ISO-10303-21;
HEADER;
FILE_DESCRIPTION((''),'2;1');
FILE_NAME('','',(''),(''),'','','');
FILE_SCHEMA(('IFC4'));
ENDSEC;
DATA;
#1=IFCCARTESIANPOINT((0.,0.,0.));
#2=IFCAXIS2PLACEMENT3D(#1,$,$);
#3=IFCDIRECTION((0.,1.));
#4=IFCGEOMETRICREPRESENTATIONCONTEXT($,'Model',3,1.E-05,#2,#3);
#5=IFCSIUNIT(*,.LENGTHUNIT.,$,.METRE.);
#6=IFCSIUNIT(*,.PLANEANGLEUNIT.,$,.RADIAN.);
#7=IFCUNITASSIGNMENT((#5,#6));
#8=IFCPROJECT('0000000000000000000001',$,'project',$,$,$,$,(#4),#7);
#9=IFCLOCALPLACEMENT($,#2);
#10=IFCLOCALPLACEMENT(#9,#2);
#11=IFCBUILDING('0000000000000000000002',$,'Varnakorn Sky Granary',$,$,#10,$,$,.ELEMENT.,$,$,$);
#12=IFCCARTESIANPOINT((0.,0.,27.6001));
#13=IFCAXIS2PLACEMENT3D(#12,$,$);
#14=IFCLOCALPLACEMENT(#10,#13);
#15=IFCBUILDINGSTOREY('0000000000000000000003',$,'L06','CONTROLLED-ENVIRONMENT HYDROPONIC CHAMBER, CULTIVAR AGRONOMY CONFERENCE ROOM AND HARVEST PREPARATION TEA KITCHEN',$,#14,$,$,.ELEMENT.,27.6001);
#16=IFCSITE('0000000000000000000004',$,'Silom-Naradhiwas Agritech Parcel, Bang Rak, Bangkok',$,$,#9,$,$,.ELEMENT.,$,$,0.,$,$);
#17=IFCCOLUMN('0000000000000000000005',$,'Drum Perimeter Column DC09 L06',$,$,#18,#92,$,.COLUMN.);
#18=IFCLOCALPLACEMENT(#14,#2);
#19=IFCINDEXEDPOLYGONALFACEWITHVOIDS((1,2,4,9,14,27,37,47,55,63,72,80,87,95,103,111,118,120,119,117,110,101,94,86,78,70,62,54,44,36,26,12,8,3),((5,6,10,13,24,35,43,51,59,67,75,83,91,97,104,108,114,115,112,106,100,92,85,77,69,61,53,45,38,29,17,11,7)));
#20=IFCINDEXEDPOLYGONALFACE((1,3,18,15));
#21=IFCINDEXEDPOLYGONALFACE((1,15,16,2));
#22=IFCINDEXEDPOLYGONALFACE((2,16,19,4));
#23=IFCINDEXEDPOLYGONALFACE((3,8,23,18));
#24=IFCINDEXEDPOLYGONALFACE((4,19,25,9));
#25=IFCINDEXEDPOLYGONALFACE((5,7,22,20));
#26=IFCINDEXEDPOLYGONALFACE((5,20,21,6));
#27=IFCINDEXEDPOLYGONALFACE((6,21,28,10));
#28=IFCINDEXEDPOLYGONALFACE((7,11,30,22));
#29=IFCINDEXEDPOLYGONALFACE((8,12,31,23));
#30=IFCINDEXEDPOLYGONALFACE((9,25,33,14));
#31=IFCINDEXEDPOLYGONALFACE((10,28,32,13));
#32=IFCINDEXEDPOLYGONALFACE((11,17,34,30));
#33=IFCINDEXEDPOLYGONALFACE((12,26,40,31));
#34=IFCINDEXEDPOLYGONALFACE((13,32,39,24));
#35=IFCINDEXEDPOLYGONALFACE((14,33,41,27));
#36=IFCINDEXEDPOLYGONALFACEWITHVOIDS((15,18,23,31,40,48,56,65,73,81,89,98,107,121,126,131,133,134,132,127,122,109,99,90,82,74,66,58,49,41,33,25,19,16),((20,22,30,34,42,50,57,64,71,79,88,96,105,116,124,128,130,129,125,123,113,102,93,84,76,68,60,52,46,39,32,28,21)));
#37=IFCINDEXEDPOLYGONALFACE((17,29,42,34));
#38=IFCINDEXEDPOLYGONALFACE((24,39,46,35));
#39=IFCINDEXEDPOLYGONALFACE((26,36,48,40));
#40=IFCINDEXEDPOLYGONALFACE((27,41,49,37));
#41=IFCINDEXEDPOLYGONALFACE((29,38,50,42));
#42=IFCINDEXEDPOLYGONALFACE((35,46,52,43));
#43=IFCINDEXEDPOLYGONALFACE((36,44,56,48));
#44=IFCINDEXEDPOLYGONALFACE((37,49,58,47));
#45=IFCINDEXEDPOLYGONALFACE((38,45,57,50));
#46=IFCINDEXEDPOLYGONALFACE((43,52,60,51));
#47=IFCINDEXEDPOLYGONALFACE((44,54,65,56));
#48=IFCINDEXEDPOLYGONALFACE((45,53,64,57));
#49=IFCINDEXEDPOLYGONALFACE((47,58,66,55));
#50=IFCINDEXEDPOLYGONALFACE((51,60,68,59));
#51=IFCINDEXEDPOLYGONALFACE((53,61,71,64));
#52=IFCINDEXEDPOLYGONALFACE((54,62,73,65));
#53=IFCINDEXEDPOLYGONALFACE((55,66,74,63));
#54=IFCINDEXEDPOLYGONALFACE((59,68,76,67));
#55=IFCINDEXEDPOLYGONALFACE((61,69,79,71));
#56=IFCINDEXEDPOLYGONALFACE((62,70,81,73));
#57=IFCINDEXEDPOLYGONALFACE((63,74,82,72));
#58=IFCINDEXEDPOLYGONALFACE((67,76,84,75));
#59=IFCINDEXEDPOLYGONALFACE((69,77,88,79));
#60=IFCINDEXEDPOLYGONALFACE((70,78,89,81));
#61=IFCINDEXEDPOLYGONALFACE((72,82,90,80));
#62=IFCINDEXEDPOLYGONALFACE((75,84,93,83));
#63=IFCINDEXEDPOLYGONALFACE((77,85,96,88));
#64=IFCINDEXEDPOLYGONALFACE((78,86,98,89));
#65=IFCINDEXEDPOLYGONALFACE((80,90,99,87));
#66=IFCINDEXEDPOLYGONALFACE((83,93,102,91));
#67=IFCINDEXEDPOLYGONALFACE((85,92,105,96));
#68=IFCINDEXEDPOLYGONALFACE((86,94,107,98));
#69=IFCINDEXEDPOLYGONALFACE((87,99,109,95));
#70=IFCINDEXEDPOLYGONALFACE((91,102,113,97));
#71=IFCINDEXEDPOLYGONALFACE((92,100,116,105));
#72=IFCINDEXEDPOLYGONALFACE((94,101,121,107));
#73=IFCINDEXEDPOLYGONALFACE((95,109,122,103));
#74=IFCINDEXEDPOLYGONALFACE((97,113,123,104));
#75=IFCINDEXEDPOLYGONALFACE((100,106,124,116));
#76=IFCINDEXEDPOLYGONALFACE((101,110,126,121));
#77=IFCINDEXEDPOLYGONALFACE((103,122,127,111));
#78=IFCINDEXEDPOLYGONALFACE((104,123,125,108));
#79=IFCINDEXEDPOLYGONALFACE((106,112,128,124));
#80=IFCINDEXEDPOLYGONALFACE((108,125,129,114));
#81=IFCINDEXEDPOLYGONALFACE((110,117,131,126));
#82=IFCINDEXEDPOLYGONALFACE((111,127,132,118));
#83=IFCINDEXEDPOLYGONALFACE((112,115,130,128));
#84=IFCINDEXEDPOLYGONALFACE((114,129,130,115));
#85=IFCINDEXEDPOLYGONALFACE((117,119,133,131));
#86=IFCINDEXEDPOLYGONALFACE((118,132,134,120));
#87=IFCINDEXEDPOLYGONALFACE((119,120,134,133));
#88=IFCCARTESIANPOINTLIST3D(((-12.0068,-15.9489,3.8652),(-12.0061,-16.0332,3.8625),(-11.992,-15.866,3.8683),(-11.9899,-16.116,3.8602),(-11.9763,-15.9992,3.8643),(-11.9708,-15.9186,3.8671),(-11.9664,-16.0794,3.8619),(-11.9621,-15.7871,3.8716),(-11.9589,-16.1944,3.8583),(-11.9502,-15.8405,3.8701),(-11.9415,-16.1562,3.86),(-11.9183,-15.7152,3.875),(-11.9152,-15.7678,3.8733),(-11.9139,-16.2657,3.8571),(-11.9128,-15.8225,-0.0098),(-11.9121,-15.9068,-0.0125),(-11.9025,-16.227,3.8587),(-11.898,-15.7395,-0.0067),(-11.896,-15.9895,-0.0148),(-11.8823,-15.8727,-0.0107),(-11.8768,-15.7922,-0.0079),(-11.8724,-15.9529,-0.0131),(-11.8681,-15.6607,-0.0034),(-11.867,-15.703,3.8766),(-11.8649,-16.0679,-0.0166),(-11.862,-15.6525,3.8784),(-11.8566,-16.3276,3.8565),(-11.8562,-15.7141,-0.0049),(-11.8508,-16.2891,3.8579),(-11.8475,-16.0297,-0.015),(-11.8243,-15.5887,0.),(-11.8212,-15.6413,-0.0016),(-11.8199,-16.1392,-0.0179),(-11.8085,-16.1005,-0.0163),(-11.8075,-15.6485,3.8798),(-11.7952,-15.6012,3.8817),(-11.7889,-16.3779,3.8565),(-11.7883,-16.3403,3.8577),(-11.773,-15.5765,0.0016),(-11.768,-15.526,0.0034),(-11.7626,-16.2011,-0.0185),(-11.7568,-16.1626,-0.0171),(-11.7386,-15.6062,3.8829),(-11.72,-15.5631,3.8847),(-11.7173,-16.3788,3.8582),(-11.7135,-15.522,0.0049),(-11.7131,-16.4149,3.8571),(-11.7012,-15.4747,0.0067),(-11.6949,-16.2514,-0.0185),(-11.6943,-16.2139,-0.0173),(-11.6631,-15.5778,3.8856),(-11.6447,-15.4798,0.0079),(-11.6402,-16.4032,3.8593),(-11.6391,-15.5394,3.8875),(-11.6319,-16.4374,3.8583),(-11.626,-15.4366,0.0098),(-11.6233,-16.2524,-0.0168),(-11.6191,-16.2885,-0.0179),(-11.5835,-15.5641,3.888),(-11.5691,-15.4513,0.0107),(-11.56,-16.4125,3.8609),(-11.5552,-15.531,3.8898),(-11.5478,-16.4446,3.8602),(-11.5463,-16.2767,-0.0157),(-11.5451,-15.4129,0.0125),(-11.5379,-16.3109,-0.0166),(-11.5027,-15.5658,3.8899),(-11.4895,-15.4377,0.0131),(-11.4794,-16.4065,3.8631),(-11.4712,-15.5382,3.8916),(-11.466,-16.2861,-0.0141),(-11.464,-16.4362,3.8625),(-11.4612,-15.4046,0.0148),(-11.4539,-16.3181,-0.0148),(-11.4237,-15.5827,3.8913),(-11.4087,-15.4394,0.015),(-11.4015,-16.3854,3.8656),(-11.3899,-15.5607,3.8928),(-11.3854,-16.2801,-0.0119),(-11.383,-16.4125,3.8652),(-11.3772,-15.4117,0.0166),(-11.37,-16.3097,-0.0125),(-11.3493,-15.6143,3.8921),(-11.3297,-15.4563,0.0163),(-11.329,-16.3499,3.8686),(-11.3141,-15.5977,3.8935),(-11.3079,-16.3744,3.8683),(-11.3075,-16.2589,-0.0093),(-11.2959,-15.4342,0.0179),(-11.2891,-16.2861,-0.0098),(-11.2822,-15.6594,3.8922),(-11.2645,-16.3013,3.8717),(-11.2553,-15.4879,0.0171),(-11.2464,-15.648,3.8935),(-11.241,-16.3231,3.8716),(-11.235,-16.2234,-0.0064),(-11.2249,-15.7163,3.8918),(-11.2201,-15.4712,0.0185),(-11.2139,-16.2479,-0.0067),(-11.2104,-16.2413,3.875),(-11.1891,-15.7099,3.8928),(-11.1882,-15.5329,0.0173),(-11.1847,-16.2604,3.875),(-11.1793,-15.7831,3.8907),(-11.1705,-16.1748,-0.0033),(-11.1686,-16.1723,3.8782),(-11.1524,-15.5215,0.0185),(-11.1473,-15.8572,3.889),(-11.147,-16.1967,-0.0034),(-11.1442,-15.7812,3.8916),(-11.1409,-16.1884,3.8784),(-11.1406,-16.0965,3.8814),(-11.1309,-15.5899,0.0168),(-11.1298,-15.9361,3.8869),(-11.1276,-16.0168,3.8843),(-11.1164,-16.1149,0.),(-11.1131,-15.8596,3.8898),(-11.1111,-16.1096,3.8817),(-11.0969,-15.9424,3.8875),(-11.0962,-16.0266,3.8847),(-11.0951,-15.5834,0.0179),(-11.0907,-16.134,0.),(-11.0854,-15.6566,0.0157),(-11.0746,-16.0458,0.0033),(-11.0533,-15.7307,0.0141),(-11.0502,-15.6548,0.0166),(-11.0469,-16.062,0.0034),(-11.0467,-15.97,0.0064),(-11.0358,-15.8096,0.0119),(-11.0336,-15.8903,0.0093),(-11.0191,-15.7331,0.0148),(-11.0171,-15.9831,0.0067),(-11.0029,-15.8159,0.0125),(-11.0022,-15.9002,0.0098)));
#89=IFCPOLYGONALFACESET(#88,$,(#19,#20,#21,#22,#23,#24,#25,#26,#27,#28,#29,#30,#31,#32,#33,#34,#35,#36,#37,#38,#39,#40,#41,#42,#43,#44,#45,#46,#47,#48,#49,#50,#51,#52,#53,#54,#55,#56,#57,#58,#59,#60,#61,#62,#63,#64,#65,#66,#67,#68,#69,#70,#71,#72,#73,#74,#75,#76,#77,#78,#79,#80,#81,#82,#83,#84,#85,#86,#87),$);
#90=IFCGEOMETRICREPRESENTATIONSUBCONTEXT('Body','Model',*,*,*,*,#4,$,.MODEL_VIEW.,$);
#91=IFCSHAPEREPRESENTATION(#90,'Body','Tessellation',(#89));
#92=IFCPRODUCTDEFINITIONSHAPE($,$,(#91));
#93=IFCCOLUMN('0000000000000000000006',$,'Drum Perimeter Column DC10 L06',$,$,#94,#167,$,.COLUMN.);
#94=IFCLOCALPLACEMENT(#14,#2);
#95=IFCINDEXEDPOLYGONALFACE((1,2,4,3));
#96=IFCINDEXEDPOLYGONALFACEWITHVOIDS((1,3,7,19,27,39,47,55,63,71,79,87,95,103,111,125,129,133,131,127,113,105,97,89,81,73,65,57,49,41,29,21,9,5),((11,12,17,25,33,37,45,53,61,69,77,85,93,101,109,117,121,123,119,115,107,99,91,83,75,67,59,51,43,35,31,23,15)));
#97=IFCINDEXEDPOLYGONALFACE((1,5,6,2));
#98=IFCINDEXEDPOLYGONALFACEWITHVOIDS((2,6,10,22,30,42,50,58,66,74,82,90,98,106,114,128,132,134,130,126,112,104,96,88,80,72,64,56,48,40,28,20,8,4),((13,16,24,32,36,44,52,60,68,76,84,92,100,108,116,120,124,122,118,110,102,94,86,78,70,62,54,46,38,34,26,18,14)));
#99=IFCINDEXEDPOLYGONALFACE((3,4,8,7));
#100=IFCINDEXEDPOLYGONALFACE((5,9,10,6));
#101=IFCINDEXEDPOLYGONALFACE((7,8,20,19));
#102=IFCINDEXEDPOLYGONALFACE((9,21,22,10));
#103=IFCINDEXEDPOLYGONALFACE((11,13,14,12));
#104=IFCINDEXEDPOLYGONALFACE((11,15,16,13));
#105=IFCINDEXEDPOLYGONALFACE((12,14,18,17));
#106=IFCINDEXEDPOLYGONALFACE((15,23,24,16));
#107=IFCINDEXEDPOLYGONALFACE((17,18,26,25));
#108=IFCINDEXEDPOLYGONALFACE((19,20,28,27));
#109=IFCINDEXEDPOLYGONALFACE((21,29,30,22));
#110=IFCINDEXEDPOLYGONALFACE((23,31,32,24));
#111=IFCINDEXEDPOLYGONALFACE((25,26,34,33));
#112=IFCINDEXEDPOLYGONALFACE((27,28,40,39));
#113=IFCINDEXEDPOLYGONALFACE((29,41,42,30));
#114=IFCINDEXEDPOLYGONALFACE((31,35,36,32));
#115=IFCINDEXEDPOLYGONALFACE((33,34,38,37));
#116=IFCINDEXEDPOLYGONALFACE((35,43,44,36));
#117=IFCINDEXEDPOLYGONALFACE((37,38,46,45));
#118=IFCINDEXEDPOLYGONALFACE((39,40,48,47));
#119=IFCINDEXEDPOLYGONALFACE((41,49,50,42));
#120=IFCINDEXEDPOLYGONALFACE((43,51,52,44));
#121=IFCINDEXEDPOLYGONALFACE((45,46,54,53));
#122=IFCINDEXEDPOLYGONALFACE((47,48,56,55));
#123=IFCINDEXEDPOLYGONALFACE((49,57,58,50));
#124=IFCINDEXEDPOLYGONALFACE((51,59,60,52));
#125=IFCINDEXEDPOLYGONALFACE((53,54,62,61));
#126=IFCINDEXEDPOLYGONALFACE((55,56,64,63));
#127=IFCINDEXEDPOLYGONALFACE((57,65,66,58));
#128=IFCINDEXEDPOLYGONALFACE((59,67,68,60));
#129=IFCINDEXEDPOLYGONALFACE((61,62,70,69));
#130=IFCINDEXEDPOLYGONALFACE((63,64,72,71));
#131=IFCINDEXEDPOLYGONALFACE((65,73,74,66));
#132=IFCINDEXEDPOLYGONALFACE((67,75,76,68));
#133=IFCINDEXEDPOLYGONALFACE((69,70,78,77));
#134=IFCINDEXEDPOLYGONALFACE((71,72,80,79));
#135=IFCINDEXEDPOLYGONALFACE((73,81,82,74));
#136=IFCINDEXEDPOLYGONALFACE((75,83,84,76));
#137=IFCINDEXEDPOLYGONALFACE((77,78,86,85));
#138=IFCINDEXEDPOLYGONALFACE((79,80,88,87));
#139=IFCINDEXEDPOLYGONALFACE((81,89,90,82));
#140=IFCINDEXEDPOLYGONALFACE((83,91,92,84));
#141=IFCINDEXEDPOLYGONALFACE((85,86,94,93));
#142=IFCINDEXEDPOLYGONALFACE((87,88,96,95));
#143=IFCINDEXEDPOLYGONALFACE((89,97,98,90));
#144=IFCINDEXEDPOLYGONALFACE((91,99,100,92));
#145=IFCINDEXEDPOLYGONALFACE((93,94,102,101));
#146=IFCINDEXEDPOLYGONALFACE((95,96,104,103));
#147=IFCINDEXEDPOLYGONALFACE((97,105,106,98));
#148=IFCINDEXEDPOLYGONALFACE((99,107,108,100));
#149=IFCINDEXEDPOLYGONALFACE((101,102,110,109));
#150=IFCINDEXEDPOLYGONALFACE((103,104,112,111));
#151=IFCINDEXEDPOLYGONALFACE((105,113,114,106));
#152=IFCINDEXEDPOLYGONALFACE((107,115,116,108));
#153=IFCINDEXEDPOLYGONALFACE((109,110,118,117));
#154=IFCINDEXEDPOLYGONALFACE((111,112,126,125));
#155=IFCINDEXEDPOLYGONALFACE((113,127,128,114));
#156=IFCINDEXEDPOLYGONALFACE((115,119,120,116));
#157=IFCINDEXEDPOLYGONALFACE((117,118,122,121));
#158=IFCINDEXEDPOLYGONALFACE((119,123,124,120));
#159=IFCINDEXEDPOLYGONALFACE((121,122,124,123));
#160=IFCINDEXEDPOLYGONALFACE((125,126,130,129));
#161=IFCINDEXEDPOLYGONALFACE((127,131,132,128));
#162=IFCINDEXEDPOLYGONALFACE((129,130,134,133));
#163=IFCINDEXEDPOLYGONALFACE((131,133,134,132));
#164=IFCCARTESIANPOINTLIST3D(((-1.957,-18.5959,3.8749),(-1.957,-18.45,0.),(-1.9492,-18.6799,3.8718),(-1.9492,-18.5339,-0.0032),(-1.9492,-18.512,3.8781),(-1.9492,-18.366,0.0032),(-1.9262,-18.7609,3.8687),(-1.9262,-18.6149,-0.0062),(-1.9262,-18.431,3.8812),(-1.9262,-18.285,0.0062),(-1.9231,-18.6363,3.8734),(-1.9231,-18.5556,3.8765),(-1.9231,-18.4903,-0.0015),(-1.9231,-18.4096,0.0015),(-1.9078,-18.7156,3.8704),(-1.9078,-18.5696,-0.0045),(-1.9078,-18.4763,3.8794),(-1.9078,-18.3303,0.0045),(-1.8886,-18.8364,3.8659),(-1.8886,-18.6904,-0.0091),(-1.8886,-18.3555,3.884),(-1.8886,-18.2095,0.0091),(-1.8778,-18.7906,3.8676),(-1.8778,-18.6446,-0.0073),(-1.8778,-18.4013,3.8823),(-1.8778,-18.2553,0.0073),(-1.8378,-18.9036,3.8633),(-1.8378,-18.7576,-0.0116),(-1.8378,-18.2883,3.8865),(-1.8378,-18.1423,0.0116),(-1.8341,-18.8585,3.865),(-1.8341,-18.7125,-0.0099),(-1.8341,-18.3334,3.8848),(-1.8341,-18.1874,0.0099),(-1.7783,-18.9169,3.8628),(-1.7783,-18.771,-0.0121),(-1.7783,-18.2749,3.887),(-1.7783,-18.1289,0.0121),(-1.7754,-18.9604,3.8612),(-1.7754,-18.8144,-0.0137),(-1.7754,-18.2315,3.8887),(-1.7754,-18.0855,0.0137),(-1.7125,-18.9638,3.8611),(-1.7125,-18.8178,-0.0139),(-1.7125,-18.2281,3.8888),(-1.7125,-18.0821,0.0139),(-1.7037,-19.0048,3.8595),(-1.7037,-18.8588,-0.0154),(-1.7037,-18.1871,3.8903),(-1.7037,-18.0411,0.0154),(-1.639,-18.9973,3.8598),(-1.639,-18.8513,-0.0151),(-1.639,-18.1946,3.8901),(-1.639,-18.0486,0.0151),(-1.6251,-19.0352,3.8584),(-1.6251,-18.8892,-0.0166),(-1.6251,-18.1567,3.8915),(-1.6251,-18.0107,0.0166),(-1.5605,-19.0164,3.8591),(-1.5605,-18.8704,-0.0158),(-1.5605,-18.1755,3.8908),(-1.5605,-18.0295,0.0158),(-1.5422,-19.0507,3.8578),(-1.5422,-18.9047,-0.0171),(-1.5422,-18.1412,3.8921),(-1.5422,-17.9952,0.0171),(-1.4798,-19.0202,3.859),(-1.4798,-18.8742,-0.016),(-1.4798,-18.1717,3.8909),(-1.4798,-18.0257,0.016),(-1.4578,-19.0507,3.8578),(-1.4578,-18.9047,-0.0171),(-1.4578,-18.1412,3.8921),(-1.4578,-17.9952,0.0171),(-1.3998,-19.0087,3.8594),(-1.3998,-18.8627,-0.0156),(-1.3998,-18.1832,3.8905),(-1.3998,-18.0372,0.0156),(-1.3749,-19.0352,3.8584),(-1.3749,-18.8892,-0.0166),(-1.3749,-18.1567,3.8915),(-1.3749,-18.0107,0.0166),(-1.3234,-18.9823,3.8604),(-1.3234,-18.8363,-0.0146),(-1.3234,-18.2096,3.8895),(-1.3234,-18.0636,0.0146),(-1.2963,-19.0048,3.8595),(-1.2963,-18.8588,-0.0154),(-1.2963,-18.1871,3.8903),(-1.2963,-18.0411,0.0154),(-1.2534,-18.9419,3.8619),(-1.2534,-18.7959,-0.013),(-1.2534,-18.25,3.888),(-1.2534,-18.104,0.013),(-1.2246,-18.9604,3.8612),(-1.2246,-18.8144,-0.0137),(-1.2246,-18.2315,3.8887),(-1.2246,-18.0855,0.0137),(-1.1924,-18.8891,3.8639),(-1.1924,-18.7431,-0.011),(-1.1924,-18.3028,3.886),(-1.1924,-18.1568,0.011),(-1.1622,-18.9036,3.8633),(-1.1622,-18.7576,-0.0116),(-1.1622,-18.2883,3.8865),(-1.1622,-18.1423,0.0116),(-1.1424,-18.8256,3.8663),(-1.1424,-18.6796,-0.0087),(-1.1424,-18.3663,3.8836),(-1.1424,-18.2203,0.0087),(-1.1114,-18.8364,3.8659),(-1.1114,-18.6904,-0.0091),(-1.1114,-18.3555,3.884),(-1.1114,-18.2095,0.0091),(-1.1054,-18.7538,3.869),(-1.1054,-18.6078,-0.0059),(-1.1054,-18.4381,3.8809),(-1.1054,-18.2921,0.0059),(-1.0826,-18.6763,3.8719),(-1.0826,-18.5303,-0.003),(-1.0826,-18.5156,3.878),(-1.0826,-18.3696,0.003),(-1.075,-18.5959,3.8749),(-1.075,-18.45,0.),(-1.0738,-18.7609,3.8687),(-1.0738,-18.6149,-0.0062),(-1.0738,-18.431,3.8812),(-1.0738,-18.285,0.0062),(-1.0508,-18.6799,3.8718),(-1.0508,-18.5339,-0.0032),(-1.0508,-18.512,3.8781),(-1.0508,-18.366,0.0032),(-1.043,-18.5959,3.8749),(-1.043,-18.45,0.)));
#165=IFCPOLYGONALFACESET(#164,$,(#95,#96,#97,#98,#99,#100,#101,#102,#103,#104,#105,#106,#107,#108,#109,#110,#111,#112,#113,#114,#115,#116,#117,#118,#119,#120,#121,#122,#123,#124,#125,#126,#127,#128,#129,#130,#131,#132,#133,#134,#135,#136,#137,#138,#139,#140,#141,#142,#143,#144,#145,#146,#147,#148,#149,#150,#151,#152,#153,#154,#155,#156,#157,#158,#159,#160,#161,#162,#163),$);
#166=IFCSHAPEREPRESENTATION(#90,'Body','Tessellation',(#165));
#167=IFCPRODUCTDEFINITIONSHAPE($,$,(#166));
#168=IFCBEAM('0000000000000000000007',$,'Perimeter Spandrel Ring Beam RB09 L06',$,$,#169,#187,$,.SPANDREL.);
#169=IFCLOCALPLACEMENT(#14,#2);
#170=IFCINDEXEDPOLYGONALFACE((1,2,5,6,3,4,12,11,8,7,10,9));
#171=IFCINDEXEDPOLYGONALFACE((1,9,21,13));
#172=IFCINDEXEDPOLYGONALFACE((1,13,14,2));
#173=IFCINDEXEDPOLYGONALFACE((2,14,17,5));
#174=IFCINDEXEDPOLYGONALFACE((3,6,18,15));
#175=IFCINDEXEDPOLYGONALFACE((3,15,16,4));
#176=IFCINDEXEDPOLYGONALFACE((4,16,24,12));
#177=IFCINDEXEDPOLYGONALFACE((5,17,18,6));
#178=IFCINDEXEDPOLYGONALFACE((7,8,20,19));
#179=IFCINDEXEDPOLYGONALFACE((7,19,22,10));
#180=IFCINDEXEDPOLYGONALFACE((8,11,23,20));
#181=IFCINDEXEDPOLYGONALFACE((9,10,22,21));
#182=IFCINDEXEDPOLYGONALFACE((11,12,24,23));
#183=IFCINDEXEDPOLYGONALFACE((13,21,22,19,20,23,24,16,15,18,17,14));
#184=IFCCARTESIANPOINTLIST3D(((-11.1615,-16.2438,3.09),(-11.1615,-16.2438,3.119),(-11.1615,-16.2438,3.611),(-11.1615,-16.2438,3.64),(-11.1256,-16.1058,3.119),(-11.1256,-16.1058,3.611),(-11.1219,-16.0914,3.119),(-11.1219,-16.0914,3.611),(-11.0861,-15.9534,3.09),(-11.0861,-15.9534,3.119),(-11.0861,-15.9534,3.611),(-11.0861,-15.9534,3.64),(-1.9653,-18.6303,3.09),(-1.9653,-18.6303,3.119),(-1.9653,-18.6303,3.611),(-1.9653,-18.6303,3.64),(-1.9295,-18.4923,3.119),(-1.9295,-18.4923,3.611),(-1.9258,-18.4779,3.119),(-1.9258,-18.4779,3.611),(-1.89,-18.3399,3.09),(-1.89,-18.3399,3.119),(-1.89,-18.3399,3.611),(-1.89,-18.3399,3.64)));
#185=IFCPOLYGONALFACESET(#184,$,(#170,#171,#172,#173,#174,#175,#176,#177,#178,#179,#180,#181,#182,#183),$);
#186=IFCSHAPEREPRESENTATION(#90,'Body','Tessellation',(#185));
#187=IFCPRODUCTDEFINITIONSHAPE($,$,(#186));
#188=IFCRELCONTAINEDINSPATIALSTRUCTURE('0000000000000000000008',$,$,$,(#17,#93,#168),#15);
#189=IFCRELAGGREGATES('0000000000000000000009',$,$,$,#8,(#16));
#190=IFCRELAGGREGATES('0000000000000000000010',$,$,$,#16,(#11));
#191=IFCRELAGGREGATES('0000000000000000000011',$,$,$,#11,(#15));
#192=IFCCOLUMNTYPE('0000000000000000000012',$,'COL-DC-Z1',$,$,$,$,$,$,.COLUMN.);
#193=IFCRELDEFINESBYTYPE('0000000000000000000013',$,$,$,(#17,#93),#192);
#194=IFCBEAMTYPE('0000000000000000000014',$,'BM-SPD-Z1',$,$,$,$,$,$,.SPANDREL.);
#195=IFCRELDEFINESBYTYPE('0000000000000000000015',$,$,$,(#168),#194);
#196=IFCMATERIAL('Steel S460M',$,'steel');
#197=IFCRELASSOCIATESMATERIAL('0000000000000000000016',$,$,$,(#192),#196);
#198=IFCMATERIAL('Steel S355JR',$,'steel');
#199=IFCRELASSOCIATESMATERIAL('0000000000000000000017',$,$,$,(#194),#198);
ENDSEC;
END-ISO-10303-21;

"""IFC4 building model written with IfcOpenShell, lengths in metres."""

from ifc_helpers import new_model, si_unit, direction, frame, origin, origin_2d, place, context, subcontext, project, spatial, hollow_circle, i_section, extrude, material, material_profile, profile_set, type_object, element, save


model = new_model("IFC4")

# Units and contexts
model_context = context("Model", 3, precision=1e-05, world=origin(), true_north=direction((0.0, 1.0)))
body_context = subcontext(model_context, "Body", "Model", "MODEL_VIEW")
ifc_project = project(units=[si_unit("LENGTHUNIT", "METRE"), si_unit("PLANEANGLEUNIT", "RADIAN")], contexts=[model_context])

# Site, building, storey
site_placement = place(None, origin())
site = spatial("IfcSite", under=ifc_project, at=site_placement, Name="Silom-Naradhiwas Agritech Parcel, Bang Rak, Bangkok", CompositionType="ELEMENT", RefElevation=0.0)
building_placement = place(site_placement, origin())
building = spatial("IfcBuilding", under=site, at=building_placement, Name="Varnakorn Sky Granary", CompositionType="ELEMENT")
storey_placement = place(building_placement, frame((0.0, 0.0, 27.6001)))
storey = spatial("IfcBuildingStorey", under=building, at=storey_placement, Name="L06", Description="CONTROLLED-ENVIRONMENT HYDROPONIC CHAMBER, CULTIVAR AGRONOMY CONFERENCE ROOM AND HARVEST PREPARATION TEA KITCHEN", CompositionType="ELEMENT", Elevation=27.6001)

# Columns
ifc_material_1 = material(Name="Steel S460M", Category="steel")
ifc_material_profile_1 = material_profile(ifc_material_1, hollow_circle(Radius=0.457, WallThickness=0.032, at=origin_2d()), Name="CHS 914x32")
ifc_profile_set_1 = profile_set([ifc_material_profile_1], Name="Steel S460M")
column_type = type_object("IfcColumnType", Name="COL-DC-Z1", PredefinedType="COLUMN", material=ifc_profile_set_1)
column_1_placement = place(storey_placement, frame((-11.4575, -15.8613, 0.0), z_axis=(-0.024237, -0.032609, 0.999174), x_axis=(0.802595, -0.596524, 0.0)))
element("IfcColumn", 1, at=column_1_placement, inside=storey, type_object=column_type, Name="Drum Perimeter Column DC09 L06", PredefinedType="COLUMN", context=body_context, shape_type="SweptSolid", body=[
    extrude(hollow_circle(Radius=0.457, WallThickness=0.032, at=origin_2d()), origin(), (0.0, 0.0, 1.0), 3.8782),
])
column_2_placement = place(storey_placement, frame((-1.5, -18.45, 0.0), z_axis=(0.0, -0.03765, 0.999291), x_axis=(1.0, 0.0, 0.0)))
element("IfcColumn", 2, at=column_2_placement, inside=storey, type_object=column_type, Name="Drum Perimeter Column DC10 L06", PredefinedType="COLUMN", context=body_context, shape_type="SweptSolid", body=[
    extrude(hollow_circle(Radius=0.457, WallThickness=0.032, at=origin_2d()), origin(), (0.0, 0.0, 1.0), 3.8777),
])

# Beam
ifc_material_2 = material(Name="Steel S355JR", Category="steel")
ifc_material_profile_2 = material_profile(ifc_material_2, i_section(OverallWidth=0.3, OverallDepth=0.55, WebThickness=0.0149, FlangeThickness=0.0291, at=origin_2d()), Name="HE 550 B")
ifc_profile_set_2 = profile_set([ifc_material_profile_2], Name="Steel S355JR")
beam_type = type_object("IfcBeamType", Name="BM-SPD-Z1", PredefinedType="SPANDREL", material=ifc_profile_set_2)
for number, where, z_axis, x_axis, name in (
    (3, (-11.1238, -16.0986, 3.365), (0.967938, -0.25119, 0.0), (0.25119, 0.967938, 0.0), "Perimeter Spandrel Ring Beam RB09 L06"),
):
    element("IfcBeam", number, at=place(storey_placement, frame(where, z_axis=z_axis, x_axis=x_axis)), inside=storey, type_object=beam_type, Name=name, PredefinedType="SPANDREL", context=body_context, shape_type="SweptSolid", body=[
        extrude(i_section(OverallWidth=0.3, OverallDepth=0.55, WebThickness=0.0149, FlangeThickness=0.0291, at=origin_2d()), origin(), (0.0, 0.0, 1.0), 9.5007),
    ])

save(model, "model.ifc")
